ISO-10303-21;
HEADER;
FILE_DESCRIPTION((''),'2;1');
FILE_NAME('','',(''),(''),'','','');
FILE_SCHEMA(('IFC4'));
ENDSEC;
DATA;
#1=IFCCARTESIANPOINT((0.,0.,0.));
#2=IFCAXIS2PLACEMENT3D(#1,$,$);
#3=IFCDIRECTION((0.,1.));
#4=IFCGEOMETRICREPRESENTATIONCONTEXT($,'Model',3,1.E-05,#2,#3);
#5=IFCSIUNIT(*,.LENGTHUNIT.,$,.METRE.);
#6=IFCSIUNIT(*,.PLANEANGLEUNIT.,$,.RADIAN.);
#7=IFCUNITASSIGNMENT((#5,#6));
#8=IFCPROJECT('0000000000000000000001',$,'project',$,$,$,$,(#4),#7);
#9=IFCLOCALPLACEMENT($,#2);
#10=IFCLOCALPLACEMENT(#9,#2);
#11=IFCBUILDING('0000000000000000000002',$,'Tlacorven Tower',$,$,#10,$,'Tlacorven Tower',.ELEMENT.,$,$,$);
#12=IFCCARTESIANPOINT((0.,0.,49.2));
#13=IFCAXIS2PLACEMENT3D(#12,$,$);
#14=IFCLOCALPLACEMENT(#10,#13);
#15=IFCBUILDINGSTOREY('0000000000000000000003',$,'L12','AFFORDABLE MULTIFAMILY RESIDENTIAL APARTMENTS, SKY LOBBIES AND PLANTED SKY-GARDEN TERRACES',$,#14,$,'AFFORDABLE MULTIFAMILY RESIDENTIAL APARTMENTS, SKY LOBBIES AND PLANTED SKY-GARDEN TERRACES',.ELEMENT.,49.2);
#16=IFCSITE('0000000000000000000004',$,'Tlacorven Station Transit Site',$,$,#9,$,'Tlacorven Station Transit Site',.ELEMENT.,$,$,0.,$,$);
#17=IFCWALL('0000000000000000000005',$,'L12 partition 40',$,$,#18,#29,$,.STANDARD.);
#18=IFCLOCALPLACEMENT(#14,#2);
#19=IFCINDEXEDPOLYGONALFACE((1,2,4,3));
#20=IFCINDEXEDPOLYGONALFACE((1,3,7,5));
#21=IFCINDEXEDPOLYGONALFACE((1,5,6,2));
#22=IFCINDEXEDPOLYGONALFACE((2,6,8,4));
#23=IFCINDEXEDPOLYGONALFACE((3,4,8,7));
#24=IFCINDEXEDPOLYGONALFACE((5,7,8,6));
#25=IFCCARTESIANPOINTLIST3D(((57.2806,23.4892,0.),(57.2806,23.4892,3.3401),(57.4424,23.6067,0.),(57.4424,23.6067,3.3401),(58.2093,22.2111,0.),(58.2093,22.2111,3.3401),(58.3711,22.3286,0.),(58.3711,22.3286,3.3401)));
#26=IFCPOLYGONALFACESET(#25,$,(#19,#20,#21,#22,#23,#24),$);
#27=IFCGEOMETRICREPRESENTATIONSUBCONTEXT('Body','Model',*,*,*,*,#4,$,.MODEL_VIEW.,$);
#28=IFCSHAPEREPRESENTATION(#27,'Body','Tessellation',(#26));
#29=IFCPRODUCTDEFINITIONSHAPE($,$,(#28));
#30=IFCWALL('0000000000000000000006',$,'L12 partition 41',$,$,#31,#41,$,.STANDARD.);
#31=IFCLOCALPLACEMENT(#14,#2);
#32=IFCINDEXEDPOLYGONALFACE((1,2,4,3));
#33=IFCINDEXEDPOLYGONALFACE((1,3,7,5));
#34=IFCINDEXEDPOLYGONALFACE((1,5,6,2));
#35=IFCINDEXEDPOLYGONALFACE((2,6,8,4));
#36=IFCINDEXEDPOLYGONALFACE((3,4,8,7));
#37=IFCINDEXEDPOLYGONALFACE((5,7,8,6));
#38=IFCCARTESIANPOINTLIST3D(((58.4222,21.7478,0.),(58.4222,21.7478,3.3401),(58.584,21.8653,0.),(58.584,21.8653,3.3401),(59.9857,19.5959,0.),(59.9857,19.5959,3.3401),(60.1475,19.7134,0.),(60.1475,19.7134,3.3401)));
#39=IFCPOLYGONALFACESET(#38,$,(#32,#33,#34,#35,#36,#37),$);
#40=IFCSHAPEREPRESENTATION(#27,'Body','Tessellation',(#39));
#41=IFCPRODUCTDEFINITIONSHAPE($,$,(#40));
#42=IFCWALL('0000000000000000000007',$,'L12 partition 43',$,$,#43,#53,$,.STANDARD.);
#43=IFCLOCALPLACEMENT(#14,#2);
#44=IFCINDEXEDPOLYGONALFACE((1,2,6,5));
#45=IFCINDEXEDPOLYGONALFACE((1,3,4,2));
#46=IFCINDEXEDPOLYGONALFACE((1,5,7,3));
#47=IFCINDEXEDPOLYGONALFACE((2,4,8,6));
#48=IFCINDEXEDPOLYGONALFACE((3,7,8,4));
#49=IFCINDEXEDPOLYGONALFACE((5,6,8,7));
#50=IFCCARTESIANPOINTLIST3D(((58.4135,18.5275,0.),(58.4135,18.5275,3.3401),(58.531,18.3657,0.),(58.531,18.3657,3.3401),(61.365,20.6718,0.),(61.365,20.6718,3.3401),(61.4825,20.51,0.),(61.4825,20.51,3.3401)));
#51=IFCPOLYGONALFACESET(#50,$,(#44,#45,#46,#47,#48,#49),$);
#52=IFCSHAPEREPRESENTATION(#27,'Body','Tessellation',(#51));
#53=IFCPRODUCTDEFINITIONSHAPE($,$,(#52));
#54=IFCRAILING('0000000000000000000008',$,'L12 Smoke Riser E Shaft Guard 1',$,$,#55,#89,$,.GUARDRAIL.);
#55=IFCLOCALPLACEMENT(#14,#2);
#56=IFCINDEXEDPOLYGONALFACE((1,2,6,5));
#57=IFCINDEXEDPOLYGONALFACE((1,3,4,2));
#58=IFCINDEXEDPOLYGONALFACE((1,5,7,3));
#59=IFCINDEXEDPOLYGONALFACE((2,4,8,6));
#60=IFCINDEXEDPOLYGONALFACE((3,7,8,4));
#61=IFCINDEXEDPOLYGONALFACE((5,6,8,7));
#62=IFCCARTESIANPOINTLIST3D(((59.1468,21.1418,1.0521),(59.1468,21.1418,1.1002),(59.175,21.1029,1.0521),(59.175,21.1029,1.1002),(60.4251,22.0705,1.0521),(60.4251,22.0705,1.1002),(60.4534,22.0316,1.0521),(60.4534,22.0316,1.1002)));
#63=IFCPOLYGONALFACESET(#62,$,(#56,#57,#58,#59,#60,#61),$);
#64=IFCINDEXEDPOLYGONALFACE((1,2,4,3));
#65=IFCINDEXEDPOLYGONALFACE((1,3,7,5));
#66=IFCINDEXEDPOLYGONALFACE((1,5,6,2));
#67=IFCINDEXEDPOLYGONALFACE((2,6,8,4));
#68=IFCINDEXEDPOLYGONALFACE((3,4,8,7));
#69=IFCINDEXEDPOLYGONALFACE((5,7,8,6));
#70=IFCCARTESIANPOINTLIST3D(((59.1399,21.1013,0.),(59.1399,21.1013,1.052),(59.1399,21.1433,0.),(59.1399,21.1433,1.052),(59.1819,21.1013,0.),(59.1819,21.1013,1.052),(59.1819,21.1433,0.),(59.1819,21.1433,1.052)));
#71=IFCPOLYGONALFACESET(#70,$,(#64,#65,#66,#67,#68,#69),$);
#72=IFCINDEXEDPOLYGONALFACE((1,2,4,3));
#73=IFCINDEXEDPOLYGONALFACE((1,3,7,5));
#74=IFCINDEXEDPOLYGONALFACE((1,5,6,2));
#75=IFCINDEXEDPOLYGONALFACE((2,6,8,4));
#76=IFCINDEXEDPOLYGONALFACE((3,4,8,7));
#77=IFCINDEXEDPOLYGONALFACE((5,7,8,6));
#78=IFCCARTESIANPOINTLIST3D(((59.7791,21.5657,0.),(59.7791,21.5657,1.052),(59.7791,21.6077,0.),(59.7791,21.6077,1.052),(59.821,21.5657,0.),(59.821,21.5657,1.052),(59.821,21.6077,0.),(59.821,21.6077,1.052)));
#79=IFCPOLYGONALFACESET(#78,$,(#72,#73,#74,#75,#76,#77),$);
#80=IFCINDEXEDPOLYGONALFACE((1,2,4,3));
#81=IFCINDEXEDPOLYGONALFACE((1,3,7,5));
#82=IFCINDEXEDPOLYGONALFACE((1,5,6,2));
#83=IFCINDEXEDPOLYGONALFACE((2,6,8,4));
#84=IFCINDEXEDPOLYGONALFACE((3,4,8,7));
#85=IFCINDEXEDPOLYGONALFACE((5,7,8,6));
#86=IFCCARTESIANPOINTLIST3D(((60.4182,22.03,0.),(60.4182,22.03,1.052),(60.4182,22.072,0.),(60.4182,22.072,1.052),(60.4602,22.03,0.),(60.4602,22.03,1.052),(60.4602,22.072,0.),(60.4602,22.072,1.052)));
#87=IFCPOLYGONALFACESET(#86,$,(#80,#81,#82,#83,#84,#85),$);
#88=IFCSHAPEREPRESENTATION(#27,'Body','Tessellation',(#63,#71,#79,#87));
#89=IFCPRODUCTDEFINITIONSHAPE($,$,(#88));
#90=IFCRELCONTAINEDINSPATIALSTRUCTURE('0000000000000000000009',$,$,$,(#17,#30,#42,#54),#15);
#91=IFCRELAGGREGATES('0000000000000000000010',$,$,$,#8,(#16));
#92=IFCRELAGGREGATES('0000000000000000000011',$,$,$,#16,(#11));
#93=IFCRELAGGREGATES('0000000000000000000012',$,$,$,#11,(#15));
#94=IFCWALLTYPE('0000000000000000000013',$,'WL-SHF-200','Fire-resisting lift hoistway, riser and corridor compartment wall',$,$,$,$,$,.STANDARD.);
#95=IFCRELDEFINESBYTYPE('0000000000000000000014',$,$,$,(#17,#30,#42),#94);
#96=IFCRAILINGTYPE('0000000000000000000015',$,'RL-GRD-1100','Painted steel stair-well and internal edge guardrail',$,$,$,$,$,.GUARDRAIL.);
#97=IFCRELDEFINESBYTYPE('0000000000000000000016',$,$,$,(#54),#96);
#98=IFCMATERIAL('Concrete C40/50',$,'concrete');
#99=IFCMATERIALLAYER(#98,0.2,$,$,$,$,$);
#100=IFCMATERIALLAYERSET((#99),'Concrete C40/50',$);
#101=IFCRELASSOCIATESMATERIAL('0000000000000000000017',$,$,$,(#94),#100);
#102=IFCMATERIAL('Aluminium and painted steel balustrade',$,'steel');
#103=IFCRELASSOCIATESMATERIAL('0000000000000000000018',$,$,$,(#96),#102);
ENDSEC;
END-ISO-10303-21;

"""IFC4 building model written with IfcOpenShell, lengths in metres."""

from ifc_helpers import new_model, si_unit, direction, frame, frame_2d, origin, origin_2d, place, context, subcontext, project, spatial, rectangle, extrude, source, transform, mapped, material, layer, layer_set, type_object, element, save


model = new_model("IFC4")

# Units and contexts
model_context = context("Model", 3, precision=1e-05, world=origin(), true_north=direction((0.0, 1.0)))
body_context = subcontext(model_context, "Body", "Model", "MODEL_VIEW")
ifc_project = project(units=[si_unit("LENGTHUNIT", "METRE"), si_unit("PLANEANGLEUNIT", "RADIAN")], contexts=[model_context])

# Site, building, storey
site_placement = place(None, origin())
site = spatial("IfcSite", under=ifc_project, at=site_placement, Name="Tlacorven Station Transit Site", LongName="Tlacorven Station Transit Site", CompositionType="ELEMENT", RefElevation=0.0)
building_placement = place(site_placement, origin())
building = spatial("IfcBuilding", under=site, at=building_placement, Name="Tlacorven Tower", LongName="Tlacorven Tower", CompositionType="ELEMENT")
storey_placement = place(building_placement, frame((0.0, 0.0, 49.2)))
storey = spatial("IfcBuildingStorey", under=building, at=storey_placement, Name="L12", Description="AFFORDABLE MULTIFAMILY RESIDENTIAL APARTMENTS, SKY LOBBIES AND PLANTED SKY-GARDEN TERRACES", LongName="AFFORDABLE MULTIFAMILY RESIDENTIAL APARTMENTS, SKY LOBBIES AND PLANTED SKY-GARDEN TERRACES", CompositionType="ELEMENT", Elevation=49.2)

# Walls
ifc_material_1 = material(Name="Concrete C40/50", Category="concrete")
ifc_layer_1 = layer(ifc_material_1, 0.2)
ifc_layer_set_1 = layer_set([ifc_layer_1], Name="Concrete C40/50")
wall_type_1 = type_object("IfcWallType", Name="WL-SHF-200", Description="Fire-resisting lift hoistway, riser and corridor compartment wall", PredefinedType="STANDARD", material=ifc_layer_set_1)
wall_1_placement = place(storey_placement, frame((58.2903, 22.2698, 0.0), z_axis=(0.0, 0.0, 1.0), x_axis=(-0.587841, 0.808977, 0.0)))
element("IfcWall", 1, at=wall_1_placement, inside=storey, type_object=wall_type_1, Name="L12 partition 40", PredefinedType="STANDARD", context=body_context, shape_type="SweptSolid", body=[
    extrude(rectangle(XDim=1.5798, YDim=0.2, at=frame_2d((0.79, 0.0))), origin(), (0.0, 0.0, 1.0), 3.3401),
])
wall_2_placement = place(storey_placement, frame((60.0667, 19.6545, 0.0), z_axis=(0.0, 0.0, 1.0), x_axis=(-0.587801, 0.809006, 0.0)))
element("IfcWall", 2, at=wall_2_placement, inside=storey, type_object=wall_type_1, Name="L12 partition 41", PredefinedType="STANDARD", context=body_context, shape_type="SweptSolid", body=[
    extrude(rectangle(XDim=2.6599, YDim=0.2, at=frame_2d((1.3301, 0.0))), origin(), (0.0, 0.0, 1.0), 3.3401),
])
wall_3_placement = place(storey_placement, frame((58.4722, 18.4465, 0.0), z_axis=(0.0, 0.0, 1.0), x_axis=(0.809022, 0.587778, 0.0)))
element("IfcWall", 3, at=wall_3_placement, inside=storey, type_object=wall_type_1, Name="L12 partition 43", PredefinedType="STANDARD", context=body_context, shape_type="SweptSolid", body=[
    extrude(rectangle(XDim=3.6482, YDim=0.2, at=frame_2d((1.8242, 0.0))), origin(), (0.0, 0.0, 1.0), 3.3401),
])

# Railing
ifc_material_2 = material(Name="Aluminium and painted steel balustrade", Category="steel")
railing_type = type_object("IfcRailingType", Name="RL-GRD-1100", Description="Painted steel stair-well and internal edge guardrail", PredefinedType="GUARDRAIL", material=ifc_material_2)
shared_shape_1 = source(origin(), body_context, "Body", "SweptSolid", [
    extrude(rectangle(XDim=0.0481, YDim=0.0481, at=origin_2d()), frame((0.0, 0.0, 1.0762), z_axis=(0.80903, 0.587767, 0.0), x_axis=(-0.587767, 0.80903, 0.0)), (0.0, 0.0, 1.0), 1.5801),
    extrude(rectangle(XDim=0.042, YDim=0.042, at=origin_2d()), origin(), (0.0, 0.0, 1.0), 1.052),
    extrude(rectangle(XDim=0.042, YDim=0.042, at=origin_2d()), frame((0.6392, 0.4644, 0.0)), (0.0, 0.0, 1.0), 1.052),
    extrude(rectangle(XDim=0.042, YDim=0.042, at=origin_2d()), frame((1.2783, 0.9287, 0.0)), (0.0, 0.0, 1.0), 1.052),
])
railing_placement = place(storey_placement, frame((59.1609, 21.1223, 0.0)))
element("IfcRailing", 4, at=railing_placement, inside=storey, type_object=railing_type, Name="L12 Smoke Riser E Shaft Guard 1", PredefinedType="GUARDRAIL", context=body_context, shape_type="MappedRepresentation", body=[
    mapped(shared_shape_1, transform((0.0, 0.0, 0.0), scale=1.0)),
])

save(model, "model.ifc")
